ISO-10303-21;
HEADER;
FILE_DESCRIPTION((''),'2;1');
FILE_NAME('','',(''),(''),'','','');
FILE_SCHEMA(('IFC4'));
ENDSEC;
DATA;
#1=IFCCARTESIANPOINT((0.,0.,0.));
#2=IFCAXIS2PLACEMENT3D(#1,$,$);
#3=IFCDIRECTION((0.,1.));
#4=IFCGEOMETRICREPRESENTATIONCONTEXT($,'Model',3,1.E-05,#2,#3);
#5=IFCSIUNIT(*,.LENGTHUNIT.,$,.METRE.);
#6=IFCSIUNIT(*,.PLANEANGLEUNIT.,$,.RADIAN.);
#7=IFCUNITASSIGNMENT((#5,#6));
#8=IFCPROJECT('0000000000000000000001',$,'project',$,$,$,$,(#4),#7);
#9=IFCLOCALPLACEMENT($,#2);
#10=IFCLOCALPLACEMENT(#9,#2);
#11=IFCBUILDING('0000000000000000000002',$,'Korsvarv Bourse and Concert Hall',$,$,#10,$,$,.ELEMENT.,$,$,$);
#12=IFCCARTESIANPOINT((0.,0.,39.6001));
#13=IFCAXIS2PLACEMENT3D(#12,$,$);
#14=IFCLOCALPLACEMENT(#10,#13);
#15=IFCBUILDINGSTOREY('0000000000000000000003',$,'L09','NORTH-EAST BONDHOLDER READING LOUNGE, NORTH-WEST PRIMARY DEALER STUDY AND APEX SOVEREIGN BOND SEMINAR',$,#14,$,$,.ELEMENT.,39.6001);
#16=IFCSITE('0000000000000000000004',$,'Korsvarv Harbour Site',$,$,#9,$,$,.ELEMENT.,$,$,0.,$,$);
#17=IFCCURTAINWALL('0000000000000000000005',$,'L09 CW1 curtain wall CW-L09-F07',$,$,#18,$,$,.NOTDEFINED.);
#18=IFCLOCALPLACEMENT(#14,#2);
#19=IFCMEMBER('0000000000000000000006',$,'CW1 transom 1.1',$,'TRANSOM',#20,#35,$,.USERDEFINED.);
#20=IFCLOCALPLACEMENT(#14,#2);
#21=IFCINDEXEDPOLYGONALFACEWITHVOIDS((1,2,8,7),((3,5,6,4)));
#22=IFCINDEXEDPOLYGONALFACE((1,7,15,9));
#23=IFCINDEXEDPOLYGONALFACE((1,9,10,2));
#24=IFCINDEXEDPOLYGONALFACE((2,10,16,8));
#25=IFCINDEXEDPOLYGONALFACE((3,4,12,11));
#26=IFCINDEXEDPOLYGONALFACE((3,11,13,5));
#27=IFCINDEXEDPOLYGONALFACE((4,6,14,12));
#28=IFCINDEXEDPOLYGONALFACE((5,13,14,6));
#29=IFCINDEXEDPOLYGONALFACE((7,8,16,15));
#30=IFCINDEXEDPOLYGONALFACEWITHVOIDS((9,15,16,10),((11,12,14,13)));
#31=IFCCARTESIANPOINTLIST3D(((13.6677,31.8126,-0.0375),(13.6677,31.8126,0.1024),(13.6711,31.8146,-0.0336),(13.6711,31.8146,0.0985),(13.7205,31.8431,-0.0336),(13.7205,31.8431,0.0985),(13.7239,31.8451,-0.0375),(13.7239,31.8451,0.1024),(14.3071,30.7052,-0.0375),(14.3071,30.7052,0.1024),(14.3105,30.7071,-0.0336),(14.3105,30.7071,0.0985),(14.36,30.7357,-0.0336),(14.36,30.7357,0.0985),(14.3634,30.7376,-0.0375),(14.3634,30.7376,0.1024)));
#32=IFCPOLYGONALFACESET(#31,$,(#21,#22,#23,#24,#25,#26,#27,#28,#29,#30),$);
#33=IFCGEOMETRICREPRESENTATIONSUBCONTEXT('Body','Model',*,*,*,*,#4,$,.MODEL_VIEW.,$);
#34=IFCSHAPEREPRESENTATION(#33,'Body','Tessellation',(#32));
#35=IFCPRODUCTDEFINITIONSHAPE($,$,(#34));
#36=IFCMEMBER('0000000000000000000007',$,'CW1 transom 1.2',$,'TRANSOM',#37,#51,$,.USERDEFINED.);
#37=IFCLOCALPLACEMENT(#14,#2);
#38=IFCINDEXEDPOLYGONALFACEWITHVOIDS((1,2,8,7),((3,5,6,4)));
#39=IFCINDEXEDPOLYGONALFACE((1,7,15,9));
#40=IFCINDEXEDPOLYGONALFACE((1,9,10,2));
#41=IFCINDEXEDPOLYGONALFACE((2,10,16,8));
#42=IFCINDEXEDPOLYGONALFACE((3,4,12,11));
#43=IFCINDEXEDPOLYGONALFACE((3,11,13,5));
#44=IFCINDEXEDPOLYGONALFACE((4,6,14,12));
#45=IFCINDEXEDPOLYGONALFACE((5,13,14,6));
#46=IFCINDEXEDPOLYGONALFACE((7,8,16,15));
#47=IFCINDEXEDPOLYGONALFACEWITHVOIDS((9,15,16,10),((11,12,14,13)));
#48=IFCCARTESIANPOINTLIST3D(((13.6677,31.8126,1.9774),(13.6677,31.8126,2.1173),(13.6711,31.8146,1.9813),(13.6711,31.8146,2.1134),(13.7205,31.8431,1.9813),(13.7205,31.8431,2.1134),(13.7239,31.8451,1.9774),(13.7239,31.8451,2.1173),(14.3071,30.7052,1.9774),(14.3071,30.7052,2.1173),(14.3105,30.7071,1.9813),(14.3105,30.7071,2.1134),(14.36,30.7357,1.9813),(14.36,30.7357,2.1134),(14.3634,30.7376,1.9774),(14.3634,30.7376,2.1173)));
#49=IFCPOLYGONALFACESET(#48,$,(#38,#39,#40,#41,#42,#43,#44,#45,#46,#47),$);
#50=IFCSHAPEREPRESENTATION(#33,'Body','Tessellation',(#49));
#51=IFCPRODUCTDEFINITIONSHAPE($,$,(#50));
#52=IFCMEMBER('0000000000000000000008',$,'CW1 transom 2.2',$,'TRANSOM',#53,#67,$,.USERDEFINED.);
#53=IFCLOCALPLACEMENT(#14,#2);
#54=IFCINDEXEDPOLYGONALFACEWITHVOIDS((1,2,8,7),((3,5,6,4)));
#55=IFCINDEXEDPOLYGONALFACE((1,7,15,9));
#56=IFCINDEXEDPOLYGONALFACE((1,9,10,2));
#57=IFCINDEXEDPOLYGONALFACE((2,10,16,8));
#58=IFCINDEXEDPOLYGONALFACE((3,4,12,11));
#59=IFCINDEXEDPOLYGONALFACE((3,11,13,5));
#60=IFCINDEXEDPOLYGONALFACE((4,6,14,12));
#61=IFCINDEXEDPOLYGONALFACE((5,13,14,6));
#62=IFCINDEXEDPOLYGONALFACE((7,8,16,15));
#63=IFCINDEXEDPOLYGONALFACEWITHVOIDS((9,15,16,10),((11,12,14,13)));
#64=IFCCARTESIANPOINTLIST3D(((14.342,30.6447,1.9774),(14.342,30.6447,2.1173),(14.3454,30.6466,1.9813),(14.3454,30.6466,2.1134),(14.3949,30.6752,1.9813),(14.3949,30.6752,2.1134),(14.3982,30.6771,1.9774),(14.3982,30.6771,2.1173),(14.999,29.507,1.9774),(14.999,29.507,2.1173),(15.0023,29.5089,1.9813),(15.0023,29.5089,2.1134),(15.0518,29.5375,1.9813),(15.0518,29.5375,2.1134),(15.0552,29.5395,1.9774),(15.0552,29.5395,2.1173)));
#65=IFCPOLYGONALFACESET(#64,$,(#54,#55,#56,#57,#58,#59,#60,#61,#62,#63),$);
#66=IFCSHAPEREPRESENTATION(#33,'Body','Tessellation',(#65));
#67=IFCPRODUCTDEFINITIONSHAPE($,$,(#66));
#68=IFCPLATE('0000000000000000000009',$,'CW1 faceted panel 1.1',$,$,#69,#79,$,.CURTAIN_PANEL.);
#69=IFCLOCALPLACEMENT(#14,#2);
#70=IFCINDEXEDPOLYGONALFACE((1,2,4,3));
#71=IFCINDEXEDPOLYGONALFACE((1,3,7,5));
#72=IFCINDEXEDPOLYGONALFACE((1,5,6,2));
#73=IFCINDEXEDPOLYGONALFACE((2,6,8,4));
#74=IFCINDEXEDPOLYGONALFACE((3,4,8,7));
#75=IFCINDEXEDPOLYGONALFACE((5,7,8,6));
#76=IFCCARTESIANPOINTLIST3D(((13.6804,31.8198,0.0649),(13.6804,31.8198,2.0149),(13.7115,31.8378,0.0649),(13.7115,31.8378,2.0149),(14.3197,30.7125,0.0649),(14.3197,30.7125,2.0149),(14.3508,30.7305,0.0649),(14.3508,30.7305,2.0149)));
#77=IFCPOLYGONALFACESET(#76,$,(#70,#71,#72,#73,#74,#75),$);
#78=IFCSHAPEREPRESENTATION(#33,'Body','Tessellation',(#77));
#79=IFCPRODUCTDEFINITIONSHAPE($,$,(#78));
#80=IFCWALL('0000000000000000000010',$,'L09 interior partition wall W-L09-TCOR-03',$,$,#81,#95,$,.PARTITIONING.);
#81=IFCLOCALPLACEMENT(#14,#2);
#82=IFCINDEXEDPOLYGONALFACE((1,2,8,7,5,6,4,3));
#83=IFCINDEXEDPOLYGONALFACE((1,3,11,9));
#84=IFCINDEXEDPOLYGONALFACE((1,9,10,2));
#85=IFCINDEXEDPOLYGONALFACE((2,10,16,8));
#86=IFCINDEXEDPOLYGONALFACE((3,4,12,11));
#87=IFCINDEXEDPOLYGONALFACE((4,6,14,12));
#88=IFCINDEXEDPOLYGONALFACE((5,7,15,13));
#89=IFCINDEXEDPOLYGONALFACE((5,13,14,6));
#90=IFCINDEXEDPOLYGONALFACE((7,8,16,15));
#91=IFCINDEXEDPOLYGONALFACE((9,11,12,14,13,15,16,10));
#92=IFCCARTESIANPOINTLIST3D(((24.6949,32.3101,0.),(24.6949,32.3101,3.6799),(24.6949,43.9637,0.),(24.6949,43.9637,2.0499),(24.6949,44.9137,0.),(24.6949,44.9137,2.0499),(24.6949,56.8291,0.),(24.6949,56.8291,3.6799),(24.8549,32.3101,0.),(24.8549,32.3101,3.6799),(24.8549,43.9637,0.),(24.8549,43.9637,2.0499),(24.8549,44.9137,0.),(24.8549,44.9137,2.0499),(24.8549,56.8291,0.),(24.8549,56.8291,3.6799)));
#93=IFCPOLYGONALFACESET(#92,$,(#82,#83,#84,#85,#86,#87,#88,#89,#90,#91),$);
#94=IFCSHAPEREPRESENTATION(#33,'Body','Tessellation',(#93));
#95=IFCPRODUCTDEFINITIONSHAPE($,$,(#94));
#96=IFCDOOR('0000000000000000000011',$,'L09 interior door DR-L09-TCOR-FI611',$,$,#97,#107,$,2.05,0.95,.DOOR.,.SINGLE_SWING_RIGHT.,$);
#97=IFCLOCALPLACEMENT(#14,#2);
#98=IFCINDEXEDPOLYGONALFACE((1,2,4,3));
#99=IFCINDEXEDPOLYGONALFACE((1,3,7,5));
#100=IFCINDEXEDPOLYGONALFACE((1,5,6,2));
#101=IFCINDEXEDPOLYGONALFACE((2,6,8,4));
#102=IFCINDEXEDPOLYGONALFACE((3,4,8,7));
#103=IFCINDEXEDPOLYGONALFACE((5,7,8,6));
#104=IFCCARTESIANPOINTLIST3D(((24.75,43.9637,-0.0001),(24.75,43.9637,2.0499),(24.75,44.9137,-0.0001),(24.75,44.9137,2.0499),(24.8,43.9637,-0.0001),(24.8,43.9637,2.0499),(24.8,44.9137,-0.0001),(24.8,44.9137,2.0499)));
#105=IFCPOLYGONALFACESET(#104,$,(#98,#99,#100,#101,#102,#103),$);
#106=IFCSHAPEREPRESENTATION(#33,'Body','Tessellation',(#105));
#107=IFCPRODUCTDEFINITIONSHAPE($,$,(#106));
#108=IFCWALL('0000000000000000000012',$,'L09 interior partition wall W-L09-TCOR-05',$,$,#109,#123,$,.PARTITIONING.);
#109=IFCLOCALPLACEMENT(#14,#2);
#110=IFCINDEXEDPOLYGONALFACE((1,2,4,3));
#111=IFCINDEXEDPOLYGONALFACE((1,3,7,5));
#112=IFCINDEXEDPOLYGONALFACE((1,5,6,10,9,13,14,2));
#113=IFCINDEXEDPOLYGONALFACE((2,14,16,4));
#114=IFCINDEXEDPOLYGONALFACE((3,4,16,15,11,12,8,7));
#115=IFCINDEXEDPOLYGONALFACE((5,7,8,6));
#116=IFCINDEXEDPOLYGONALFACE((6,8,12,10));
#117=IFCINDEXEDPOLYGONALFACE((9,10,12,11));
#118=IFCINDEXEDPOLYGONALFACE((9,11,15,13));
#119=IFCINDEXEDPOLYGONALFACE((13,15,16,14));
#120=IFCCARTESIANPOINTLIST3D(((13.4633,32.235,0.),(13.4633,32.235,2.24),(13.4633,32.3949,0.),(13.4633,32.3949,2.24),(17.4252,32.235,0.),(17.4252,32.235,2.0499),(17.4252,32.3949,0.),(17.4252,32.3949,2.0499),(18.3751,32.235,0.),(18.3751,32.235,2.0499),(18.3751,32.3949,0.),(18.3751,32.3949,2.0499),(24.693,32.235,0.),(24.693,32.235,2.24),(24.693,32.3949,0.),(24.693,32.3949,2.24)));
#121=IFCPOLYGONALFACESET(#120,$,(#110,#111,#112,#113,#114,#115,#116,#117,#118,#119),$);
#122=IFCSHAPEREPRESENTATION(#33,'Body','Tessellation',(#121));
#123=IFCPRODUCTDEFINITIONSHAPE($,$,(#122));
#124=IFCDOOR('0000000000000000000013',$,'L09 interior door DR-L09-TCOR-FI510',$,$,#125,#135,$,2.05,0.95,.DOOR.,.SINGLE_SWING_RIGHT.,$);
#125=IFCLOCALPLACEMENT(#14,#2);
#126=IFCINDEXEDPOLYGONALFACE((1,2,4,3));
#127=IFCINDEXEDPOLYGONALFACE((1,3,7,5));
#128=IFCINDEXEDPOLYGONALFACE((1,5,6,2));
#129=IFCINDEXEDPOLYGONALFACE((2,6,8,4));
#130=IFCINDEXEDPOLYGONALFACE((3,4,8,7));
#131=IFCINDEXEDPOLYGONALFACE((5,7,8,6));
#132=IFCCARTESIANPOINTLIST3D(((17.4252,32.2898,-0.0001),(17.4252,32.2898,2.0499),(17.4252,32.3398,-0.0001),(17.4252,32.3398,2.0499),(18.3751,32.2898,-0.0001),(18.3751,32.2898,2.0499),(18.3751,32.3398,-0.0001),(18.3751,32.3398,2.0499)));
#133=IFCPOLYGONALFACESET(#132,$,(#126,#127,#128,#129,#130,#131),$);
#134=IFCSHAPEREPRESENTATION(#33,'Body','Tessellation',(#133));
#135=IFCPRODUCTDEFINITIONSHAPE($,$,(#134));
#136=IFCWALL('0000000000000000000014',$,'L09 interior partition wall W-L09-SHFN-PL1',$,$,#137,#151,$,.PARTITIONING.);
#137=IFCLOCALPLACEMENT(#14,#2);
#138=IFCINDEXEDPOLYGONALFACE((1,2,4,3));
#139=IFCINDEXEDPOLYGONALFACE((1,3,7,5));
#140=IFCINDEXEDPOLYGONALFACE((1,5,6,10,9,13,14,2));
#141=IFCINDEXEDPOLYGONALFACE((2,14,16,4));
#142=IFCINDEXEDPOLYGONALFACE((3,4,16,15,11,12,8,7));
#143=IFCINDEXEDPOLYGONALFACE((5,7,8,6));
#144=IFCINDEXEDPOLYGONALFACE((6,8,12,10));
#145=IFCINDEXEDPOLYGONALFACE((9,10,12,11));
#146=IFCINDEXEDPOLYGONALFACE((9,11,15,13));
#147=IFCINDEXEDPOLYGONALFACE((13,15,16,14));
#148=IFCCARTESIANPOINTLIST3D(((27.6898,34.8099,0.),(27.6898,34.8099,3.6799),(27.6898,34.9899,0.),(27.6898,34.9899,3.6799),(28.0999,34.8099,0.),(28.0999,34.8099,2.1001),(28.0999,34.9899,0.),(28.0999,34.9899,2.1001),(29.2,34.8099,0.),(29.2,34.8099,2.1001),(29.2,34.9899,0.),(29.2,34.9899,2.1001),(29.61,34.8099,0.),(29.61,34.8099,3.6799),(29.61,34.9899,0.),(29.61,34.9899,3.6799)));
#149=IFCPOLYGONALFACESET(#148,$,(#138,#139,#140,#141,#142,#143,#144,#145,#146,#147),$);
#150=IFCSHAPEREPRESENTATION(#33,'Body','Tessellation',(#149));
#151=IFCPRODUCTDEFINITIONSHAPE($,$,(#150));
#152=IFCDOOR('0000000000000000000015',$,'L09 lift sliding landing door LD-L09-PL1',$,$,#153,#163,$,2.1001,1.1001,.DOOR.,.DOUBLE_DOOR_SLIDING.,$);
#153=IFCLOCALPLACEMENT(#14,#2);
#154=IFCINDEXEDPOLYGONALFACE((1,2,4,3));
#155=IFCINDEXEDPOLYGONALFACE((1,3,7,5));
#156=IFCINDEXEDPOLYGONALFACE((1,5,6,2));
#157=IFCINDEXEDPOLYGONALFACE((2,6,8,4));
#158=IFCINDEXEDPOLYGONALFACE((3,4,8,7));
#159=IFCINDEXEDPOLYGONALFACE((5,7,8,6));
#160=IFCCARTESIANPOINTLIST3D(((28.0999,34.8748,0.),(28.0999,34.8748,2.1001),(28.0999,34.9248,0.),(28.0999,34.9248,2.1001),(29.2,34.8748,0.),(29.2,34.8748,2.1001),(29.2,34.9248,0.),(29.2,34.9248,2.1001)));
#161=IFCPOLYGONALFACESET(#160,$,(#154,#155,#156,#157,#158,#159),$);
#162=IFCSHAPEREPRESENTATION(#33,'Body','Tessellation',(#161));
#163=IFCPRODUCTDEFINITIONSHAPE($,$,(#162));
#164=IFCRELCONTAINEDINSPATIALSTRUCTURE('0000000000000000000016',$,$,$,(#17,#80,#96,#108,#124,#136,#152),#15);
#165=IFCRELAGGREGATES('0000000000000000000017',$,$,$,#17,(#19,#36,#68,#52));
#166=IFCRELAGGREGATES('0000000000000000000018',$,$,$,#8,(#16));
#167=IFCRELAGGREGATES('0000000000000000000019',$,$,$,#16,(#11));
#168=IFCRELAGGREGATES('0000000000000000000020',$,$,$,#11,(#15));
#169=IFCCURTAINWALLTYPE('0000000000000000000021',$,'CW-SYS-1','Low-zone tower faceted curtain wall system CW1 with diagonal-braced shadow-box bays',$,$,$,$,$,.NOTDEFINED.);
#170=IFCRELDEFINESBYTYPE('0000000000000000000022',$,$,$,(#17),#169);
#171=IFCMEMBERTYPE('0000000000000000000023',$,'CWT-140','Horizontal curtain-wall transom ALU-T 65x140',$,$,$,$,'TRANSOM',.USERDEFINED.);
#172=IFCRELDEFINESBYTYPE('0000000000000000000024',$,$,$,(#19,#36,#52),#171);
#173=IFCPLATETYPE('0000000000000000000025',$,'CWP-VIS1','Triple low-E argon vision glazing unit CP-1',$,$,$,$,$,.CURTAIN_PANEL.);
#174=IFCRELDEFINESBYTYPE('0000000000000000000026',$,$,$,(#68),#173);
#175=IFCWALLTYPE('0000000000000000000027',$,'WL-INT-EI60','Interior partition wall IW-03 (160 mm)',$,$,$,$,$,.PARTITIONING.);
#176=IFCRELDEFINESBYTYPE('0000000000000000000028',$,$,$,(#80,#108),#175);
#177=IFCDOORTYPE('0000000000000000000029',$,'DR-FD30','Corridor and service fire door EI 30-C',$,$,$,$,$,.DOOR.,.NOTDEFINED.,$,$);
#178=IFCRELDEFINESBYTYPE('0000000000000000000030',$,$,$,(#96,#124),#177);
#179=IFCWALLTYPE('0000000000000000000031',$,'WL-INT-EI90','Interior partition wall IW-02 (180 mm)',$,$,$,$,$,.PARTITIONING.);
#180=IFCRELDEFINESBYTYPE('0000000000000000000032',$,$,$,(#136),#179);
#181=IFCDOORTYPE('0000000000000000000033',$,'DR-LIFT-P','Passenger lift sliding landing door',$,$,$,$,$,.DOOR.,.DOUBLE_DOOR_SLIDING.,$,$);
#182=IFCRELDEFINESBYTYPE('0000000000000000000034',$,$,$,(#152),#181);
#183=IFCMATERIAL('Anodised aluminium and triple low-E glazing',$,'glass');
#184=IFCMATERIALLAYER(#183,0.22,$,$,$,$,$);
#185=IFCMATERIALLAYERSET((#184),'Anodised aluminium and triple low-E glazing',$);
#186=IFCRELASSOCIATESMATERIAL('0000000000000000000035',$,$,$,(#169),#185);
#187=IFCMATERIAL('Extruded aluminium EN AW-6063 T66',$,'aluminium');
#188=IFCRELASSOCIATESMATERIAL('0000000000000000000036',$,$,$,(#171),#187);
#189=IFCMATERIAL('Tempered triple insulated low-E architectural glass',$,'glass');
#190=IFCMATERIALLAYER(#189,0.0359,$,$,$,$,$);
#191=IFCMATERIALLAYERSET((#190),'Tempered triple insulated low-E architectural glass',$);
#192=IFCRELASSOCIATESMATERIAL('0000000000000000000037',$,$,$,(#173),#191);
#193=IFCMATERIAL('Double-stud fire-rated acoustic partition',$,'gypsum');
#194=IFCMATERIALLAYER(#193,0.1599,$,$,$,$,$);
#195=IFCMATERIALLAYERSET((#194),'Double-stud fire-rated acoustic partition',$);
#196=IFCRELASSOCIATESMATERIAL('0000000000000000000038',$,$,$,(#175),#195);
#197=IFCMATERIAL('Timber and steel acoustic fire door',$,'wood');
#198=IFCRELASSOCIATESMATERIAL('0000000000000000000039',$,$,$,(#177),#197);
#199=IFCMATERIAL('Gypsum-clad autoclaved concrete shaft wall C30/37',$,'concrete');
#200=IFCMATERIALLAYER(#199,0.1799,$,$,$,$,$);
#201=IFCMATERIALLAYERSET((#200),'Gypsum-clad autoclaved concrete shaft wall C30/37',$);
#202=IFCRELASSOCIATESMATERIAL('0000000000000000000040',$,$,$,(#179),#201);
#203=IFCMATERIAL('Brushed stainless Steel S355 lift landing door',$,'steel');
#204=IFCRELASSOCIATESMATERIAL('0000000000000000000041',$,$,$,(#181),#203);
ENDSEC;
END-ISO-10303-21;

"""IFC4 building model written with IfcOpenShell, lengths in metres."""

from ifc_helpers import new_model, si_unit, direction, frame, frame_2d, origin, origin_2d, place, context, subcontext, project, spatial, rectangle, hollow_rectangle, extrude, source, transform, mapped, material, layer, layer_set, material_profile, profile_set, type_object, element, fill, aggregate, save


model = new_model("IFC4")

# Units and contexts
model_context = context("Model", 3, precision=1e-05, world=origin(), true_north=direction((0.0, 1.0)))
body_context = subcontext(model_context, "Body", "Model", "MODEL_VIEW")
ifc_project = project(units=[si_unit("LENGTHUNIT", "METRE"), si_unit("PLANEANGLEUNIT", "RADIAN")], contexts=[model_context])

# Site, building, storey
site_placement = place(None, origin())
site = spatial("IfcSite", under=ifc_project, at=site_placement, Name="Korsvarv Harbour Site", CompositionType="ELEMENT", RefElevation=0.0)
building_placement = place(site_placement, origin())
building = spatial("IfcBuilding", under=site, at=building_placement, Name="Korsvarv Bourse and Concert Hall", CompositionType="ELEMENT")
storey_placement = place(building_placement, frame((0.0, 0.0, 39.6001)))
storey = spatial("IfcBuildingStorey", under=building, at=storey_placement, Name="L09", Description="NORTH-EAST BONDHOLDER READING LOUNGE, NORTH-WEST PRIMARY DEALER STUDY AND APEX SOVEREIGN BOND SEMINAR", CompositionType="ELEMENT", Elevation=39.6001)

# Curtain wall, members, plate
ifc_material_1 = material(Name="Anodised aluminium and triple low-E glazing", Category="glass")
ifc_layer_1 = layer(ifc_material_1, 0.22)
ifc_layer_set_1 = layer_set([ifc_layer_1], Name="Anodised aluminium and triple low-E glazing")
curtain_wall_type = type_object("IfcCurtainWallType", Name="CW-SYS-1", Description="Low-zone tower faceted curtain wall system CW1 with diagonal-braced shadow-box bays", PredefinedType="NOTDEFINED", material=ifc_layer_set_1)
curtain_wall_placement = place(storey_placement, origin())
curtain_wall = element("IfcCurtainWall", 1, at=curtain_wall_placement, inside=storey, type_object=curtain_wall_type, Name="L09 CW1 curtain wall CW-L09-F07", PredefinedType="NOTDEFINED")
ifc_material_2 = material(Name="Extruded aluminium EN AW-6063 T66", Category="aluminium")
ifc_material_profile_1 = material_profile(ifc_material_2, hollow_rectangle(XDim=0.0649, YDim=0.1399, WallThickness=0.0039, at=origin_2d()), Name="ALU-T 65x140")
ifc_profile_set_1 = profile_set([ifc_material_profile_1], Name="Extruded aluminium EN AW-6063 T66")
member_type_1 = type_object("IfcMemberType", Name="CWT-140", Description="Horizontal curtain-wall transom ALU-T 65x140", ElementType="TRANSOM", PredefinedType="USERDEFINED", material=ifc_profile_set_1)
shared_shape_1 = source(origin(), body_context, "Body", "SweptSolid", [
    extrude(hollow_rectangle(XDim=0.0649, YDim=0.1399, WallThickness=0.0039, at=origin_2d()), origin(), (0.0, 0.0, 1.0), 1.2788),
])
member_1_placement = place(storey_placement, frame((13.6958, 31.8289, 0.0325), z_axis=(0.50002, -0.866014, 0.0), x_axis=(0.866014, 0.50002, 0.0)))
member_1 = element("IfcMember", 2, at=member_1_placement, type_object=member_type_1, Name="CW1 transom 1.1", ObjectType="TRANSOM", PredefinedType="USERDEFINED", context=body_context, shape_type="MappedRepresentation", body=[
    mapped(shared_shape_1, transform((0.0, 0.0, 0.0), scale=1.0)),
])
member_2_placement = place(storey_placement, frame((13.6958, 31.8289, 2.0474), z_axis=(0.50002, -0.866014, 0.0), x_axis=(0.866014, 0.50002, 0.0)))
member_2 = element("IfcMember", 3, at=member_2_placement, type_object=member_type_1, Name="CW1 transom 1.2", ObjectType="TRANSOM", PredefinedType="USERDEFINED", context=body_context, shape_type="MappedRepresentation", body=[
    mapped(shared_shape_1, transform((0.0, 0.0, 0.0), scale=1.0)),
])
shared_shape_2 = source(origin(), body_context, "Body", "SweptSolid", [
    extrude(hollow_rectangle(XDim=0.0649, YDim=0.1399, WallThickness=0.0039, at=origin_2d()), origin(), (0.0, 0.0, 1.0), 1.3137),
])
member_3_placement = place(storey_placement, frame((14.3701, 30.6609, 2.0474), z_axis=(0.500076, -0.865981, 0.0), x_axis=(0.865981, 0.500076, 0.0)))
member_3 = element("IfcMember", 4, at=member_3_placement, type_object=member_type_1, Name="CW1 transom 2.2", ObjectType="TRANSOM", PredefinedType="USERDEFINED", context=body_context, shape_type="MappedRepresentation", body=[
    mapped(shared_shape_2, transform((0.0, 0.0, 0.0), scale=1.0)),
])
ifc_material_3 = material(Name="Tempered triple insulated low-E architectural glass", Category="glass")
ifc_layer_2 = layer(ifc_material_3, 0.0359)
ifc_layer_set_2 = layer_set([ifc_layer_2], Name="Tempered triple insulated low-E architectural glass")
plate_type = type_object("IfcPlateType", Name="CWP-VIS1", Description="Triple low-E argon vision glazing unit CP-1", PredefinedType="CURTAIN_PANEL", material=ifc_layer_set_2)
shared_shape_3 = source(origin(), body_context, "Body", "SweptSolid", [
    extrude(rectangle(XDim=1.2786, YDim=0.0359, at=origin_2d()), origin(), (0.0, 0.0, 1.0), 1.95),
])
plate_placement = place(storey_placement, frame((14.0156, 31.2751, 0.0649), z_axis=(0.0, 0.0, 1.0), x_axis=(0.5, -0.866026, 0.0)))
plate = element("IfcPlate", 5, at=plate_placement, type_object=plate_type, Name="CW1 faceted panel 1.1", PredefinedType="CURTAIN_PANEL", context=body_context, shape_type="MappedRepresentation", body=[
    mapped(shared_shape_3, transform((0.0, 0.0, 0.0), scale=1.0)),
])
aggregate(curtain_wall, [member_1, member_2, plate, member_3])

# Walls, openings, doors
ifc_material_4 = material(Name="Double-stud fire-rated acoustic partition", Category="gypsum")
ifc_layer_3 = layer(ifc_material_4, 0.1599)
ifc_layer_set_3 = layer_set([ifc_layer_3], Name="Double-stud fire-rated acoustic partition")
wall_type_1 = type_object("IfcWallType", Name="WL-INT-EI60", Description="Interior partition wall IW-03 (160 mm)", PredefinedType="PARTITIONING", material=ifc_layer_set_3)
wall_1_placement = place(storey_placement, frame((24.7749, 32.3101, 0.0), z_axis=(0.0, 0.0, 1.0), x_axis=(0.0, 1.0, 0.0)))
wall_1 = element("IfcWall", 6, at=wall_1_placement, inside=storey, type_object=wall_type_1, Name="L09 interior partition wall W-L09-TCOR-03", PredefinedType="PARTITIONING", context=body_context, shape_type="SweptSolid", body=[
    extrude(rectangle(XDim=24.519, YDim=0.1599, at=frame_2d((12.2595, 0.0))), origin(), (0.0, 0.0, 1.0), 3.6799),
])
opening_1_placement = place(wall_1_placement, frame((11.6536, 0.0, 0.0)))
opening_1 = element("IfcOpeningElement", 7, at=opening_1_placement, cuts=wall_1, PredefinedType="OPENING", context=body_context, shape_type="SweptSolid", body=[
    extrude(rectangle(XDim=0.95, YDim=2.05, at=frame_2d((0.4751, 1.0249))), frame((0.0, 0.0898, 0.0), z_axis=(0.0, -1.0, 0.0), x_axis=(1.0, 0.0, 0.0)), (0.0, 0.0, 1.0), 0.1799),
])
ifc_material_5 = material(Name="Timber and steel acoustic fire door", Category="wood")
door_type_1 = type_object("IfcDoorType", Name="DR-FD30", Description="Corridor and service fire door EI 30-C", OperationType="NOTDEFINED", PredefinedType="DOOR", material=ifc_material_5)
door_1_placement = place(opening_1_placement, origin())
door_1 = element("IfcDoor", 8, at=door_1_placement, inside=storey, type_object=door_type_1, Name="L09 interior door DR-L09-TCOR-FI611", OperationType="SINGLE_SWING_RIGHT", OverallHeight=2.05, OverallWidth=0.95, PredefinedType="DOOR", context=body_context, shape_type="SweptSolid", body=[
    extrude(rectangle(XDim=0.95, YDim=2.05, at=frame_2d((0.4751, 1.0249))), frame((0.0, 0.0249, 0.0), z_axis=(0.0, -1.0, 0.0), x_axis=(1.0, 0.0, 0.0)), (0.0, 0.0, 1.0), 0.05),
])
fill(opening_1, door_1)
wall_2_placement = place(storey_placement, frame((13.4634, 32.3149, 0.0), z_axis=(0.0, 0.0, 1.0), x_axis=(1.0, 0.0, 0.0)))
wall_2 = element("IfcWall", 9, at=wall_2_placement, inside=storey, type_object=wall_type_1, Name="L09 interior partition wall W-L09-TCOR-05", PredefinedType="PARTITIONING", context=body_context, shape_type="SweptSolid", body=[
    extrude(rectangle(XDim=11.2297, YDim=0.1599, at=frame_2d((5.6147, 0.0))), origin(), (0.0, 0.0, 1.0), 2.24),
])
opening_2_placement = place(wall_2_placement, frame((3.9617, 0.0, 0.0)))
opening_2 = element("IfcOpeningElement", 10, at=opening_2_placement, cuts=wall_2, PredefinedType="OPENING", context=body_context, shape_type="SweptSolid", body=[
    extrude(rectangle(XDim=0.95, YDim=2.05, at=frame_2d((0.4751, 1.0249))), frame((0.0, 0.0898, 0.0), z_axis=(0.0, -1.0, 0.0), x_axis=(1.0, 0.0, 0.0)), (0.0, 0.0, 1.0), 0.1799),
])
door_2_placement = place(opening_2_placement, origin())
door_2 = element("IfcDoor", 11, at=door_2_placement, inside=storey, type_object=door_type_1, Name="L09 interior door DR-L09-TCOR-FI510", OperationType="SINGLE_SWING_RIGHT", OverallHeight=2.05, OverallWidth=0.95, PredefinedType="DOOR", context=body_context, shape_type="SweptSolid", body=[
    extrude(rectangle(XDim=0.95, YDim=2.05, at=frame_2d((0.4751, 1.0249))), frame((0.0, 0.0249, 0.0), z_axis=(0.0, -1.0, 0.0), x_axis=(1.0, 0.0, 0.0)), (0.0, 0.0, 1.0), 0.05),
])
fill(opening_2, door_2)
ifc_material_6 = material(Name="Gypsum-clad autoclaved concrete shaft wall C30/37", Category="concrete")
ifc_layer_4 = layer(ifc_material_6, 0.1799)
ifc_layer_set_4 = layer_set([ifc_layer_4], Name="Gypsum-clad autoclaved concrete shaft wall C30/37")
wall_type_2 = type_object("IfcWallType", Name="WL-INT-EI90", Description="Interior partition wall IW-02 (180 mm)", PredefinedType="PARTITIONING", material=ifc_layer_set_4)
wall_3_placement = place(storey_placement, frame((27.6899, 34.8999, 0.0), z_axis=(0.0, 0.0, 1.0), x_axis=(1.0, 0.0, 0.0)))
wall_3 = element("IfcWall", 12, at=wall_3_placement, inside=storey, type_object=wall_type_2, Name="L09 interior partition wall W-L09-SHFN-PL1", PredefinedType="PARTITIONING", context=body_context, shape_type="SweptSolid", body=[
    extrude(rectangle(XDim=1.9202, YDim=0.1799, at=frame_2d((0.96, 0.0))), origin(), (0.0, 0.0, 1.0), 3.6799),
])
opening_3_placement = place(wall_3_placement, frame((0.4099, 0.0, 0.0)))
opening_3 = element("IfcOpeningElement", 13, at=opening_3_placement, cuts=wall_3, PredefinedType="OPENING", context=body_context, shape_type="SweptSolid", body=[
    extrude(rectangle(XDim=1.1001, YDim=2.1001, at=frame_2d((0.55, 1.05))), frame((0.0, 0.1001, 0.0), z_axis=(0.0, -1.0, 0.0), x_axis=(1.0, 0.0, 0.0)), (0.0, 0.0, 1.0), 0.2),
])
ifc_material_7 = material(Name="Brushed stainless Steel S355 lift landing door", Category="steel")
door_type_2 = type_object("IfcDoorType", Name="DR-LIFT-P", Description="Passenger lift sliding landing door", OperationType="DOUBLE_DOOR_SLIDING", PredefinedType="DOOR", material=ifc_material_7)
door_3_placement = place(opening_3_placement, origin())
door_3 = element("IfcDoor", 14, at=door_3_placement, inside=storey, type_object=door_type_2, Name="L09 lift sliding landing door LD-L09-PL1", OperationType="DOUBLE_DOOR_SLIDING", OverallHeight=2.1001, OverallWidth=1.1001, PredefinedType="DOOR", context=body_context, shape_type="SweptSolid", body=[
    extrude(rectangle(XDim=1.1001, YDim=2.1001, at=frame_2d((0.55, 1.05))), frame((0.0, 0.0249, 0.0), z_axis=(0.0, -1.0, 0.0), x_axis=(1.0, 0.0, 0.0)), (0.0, 0.0, 1.0), 0.05),
])
fill(opening_3, door_3)

save(model, "model.ifc")
